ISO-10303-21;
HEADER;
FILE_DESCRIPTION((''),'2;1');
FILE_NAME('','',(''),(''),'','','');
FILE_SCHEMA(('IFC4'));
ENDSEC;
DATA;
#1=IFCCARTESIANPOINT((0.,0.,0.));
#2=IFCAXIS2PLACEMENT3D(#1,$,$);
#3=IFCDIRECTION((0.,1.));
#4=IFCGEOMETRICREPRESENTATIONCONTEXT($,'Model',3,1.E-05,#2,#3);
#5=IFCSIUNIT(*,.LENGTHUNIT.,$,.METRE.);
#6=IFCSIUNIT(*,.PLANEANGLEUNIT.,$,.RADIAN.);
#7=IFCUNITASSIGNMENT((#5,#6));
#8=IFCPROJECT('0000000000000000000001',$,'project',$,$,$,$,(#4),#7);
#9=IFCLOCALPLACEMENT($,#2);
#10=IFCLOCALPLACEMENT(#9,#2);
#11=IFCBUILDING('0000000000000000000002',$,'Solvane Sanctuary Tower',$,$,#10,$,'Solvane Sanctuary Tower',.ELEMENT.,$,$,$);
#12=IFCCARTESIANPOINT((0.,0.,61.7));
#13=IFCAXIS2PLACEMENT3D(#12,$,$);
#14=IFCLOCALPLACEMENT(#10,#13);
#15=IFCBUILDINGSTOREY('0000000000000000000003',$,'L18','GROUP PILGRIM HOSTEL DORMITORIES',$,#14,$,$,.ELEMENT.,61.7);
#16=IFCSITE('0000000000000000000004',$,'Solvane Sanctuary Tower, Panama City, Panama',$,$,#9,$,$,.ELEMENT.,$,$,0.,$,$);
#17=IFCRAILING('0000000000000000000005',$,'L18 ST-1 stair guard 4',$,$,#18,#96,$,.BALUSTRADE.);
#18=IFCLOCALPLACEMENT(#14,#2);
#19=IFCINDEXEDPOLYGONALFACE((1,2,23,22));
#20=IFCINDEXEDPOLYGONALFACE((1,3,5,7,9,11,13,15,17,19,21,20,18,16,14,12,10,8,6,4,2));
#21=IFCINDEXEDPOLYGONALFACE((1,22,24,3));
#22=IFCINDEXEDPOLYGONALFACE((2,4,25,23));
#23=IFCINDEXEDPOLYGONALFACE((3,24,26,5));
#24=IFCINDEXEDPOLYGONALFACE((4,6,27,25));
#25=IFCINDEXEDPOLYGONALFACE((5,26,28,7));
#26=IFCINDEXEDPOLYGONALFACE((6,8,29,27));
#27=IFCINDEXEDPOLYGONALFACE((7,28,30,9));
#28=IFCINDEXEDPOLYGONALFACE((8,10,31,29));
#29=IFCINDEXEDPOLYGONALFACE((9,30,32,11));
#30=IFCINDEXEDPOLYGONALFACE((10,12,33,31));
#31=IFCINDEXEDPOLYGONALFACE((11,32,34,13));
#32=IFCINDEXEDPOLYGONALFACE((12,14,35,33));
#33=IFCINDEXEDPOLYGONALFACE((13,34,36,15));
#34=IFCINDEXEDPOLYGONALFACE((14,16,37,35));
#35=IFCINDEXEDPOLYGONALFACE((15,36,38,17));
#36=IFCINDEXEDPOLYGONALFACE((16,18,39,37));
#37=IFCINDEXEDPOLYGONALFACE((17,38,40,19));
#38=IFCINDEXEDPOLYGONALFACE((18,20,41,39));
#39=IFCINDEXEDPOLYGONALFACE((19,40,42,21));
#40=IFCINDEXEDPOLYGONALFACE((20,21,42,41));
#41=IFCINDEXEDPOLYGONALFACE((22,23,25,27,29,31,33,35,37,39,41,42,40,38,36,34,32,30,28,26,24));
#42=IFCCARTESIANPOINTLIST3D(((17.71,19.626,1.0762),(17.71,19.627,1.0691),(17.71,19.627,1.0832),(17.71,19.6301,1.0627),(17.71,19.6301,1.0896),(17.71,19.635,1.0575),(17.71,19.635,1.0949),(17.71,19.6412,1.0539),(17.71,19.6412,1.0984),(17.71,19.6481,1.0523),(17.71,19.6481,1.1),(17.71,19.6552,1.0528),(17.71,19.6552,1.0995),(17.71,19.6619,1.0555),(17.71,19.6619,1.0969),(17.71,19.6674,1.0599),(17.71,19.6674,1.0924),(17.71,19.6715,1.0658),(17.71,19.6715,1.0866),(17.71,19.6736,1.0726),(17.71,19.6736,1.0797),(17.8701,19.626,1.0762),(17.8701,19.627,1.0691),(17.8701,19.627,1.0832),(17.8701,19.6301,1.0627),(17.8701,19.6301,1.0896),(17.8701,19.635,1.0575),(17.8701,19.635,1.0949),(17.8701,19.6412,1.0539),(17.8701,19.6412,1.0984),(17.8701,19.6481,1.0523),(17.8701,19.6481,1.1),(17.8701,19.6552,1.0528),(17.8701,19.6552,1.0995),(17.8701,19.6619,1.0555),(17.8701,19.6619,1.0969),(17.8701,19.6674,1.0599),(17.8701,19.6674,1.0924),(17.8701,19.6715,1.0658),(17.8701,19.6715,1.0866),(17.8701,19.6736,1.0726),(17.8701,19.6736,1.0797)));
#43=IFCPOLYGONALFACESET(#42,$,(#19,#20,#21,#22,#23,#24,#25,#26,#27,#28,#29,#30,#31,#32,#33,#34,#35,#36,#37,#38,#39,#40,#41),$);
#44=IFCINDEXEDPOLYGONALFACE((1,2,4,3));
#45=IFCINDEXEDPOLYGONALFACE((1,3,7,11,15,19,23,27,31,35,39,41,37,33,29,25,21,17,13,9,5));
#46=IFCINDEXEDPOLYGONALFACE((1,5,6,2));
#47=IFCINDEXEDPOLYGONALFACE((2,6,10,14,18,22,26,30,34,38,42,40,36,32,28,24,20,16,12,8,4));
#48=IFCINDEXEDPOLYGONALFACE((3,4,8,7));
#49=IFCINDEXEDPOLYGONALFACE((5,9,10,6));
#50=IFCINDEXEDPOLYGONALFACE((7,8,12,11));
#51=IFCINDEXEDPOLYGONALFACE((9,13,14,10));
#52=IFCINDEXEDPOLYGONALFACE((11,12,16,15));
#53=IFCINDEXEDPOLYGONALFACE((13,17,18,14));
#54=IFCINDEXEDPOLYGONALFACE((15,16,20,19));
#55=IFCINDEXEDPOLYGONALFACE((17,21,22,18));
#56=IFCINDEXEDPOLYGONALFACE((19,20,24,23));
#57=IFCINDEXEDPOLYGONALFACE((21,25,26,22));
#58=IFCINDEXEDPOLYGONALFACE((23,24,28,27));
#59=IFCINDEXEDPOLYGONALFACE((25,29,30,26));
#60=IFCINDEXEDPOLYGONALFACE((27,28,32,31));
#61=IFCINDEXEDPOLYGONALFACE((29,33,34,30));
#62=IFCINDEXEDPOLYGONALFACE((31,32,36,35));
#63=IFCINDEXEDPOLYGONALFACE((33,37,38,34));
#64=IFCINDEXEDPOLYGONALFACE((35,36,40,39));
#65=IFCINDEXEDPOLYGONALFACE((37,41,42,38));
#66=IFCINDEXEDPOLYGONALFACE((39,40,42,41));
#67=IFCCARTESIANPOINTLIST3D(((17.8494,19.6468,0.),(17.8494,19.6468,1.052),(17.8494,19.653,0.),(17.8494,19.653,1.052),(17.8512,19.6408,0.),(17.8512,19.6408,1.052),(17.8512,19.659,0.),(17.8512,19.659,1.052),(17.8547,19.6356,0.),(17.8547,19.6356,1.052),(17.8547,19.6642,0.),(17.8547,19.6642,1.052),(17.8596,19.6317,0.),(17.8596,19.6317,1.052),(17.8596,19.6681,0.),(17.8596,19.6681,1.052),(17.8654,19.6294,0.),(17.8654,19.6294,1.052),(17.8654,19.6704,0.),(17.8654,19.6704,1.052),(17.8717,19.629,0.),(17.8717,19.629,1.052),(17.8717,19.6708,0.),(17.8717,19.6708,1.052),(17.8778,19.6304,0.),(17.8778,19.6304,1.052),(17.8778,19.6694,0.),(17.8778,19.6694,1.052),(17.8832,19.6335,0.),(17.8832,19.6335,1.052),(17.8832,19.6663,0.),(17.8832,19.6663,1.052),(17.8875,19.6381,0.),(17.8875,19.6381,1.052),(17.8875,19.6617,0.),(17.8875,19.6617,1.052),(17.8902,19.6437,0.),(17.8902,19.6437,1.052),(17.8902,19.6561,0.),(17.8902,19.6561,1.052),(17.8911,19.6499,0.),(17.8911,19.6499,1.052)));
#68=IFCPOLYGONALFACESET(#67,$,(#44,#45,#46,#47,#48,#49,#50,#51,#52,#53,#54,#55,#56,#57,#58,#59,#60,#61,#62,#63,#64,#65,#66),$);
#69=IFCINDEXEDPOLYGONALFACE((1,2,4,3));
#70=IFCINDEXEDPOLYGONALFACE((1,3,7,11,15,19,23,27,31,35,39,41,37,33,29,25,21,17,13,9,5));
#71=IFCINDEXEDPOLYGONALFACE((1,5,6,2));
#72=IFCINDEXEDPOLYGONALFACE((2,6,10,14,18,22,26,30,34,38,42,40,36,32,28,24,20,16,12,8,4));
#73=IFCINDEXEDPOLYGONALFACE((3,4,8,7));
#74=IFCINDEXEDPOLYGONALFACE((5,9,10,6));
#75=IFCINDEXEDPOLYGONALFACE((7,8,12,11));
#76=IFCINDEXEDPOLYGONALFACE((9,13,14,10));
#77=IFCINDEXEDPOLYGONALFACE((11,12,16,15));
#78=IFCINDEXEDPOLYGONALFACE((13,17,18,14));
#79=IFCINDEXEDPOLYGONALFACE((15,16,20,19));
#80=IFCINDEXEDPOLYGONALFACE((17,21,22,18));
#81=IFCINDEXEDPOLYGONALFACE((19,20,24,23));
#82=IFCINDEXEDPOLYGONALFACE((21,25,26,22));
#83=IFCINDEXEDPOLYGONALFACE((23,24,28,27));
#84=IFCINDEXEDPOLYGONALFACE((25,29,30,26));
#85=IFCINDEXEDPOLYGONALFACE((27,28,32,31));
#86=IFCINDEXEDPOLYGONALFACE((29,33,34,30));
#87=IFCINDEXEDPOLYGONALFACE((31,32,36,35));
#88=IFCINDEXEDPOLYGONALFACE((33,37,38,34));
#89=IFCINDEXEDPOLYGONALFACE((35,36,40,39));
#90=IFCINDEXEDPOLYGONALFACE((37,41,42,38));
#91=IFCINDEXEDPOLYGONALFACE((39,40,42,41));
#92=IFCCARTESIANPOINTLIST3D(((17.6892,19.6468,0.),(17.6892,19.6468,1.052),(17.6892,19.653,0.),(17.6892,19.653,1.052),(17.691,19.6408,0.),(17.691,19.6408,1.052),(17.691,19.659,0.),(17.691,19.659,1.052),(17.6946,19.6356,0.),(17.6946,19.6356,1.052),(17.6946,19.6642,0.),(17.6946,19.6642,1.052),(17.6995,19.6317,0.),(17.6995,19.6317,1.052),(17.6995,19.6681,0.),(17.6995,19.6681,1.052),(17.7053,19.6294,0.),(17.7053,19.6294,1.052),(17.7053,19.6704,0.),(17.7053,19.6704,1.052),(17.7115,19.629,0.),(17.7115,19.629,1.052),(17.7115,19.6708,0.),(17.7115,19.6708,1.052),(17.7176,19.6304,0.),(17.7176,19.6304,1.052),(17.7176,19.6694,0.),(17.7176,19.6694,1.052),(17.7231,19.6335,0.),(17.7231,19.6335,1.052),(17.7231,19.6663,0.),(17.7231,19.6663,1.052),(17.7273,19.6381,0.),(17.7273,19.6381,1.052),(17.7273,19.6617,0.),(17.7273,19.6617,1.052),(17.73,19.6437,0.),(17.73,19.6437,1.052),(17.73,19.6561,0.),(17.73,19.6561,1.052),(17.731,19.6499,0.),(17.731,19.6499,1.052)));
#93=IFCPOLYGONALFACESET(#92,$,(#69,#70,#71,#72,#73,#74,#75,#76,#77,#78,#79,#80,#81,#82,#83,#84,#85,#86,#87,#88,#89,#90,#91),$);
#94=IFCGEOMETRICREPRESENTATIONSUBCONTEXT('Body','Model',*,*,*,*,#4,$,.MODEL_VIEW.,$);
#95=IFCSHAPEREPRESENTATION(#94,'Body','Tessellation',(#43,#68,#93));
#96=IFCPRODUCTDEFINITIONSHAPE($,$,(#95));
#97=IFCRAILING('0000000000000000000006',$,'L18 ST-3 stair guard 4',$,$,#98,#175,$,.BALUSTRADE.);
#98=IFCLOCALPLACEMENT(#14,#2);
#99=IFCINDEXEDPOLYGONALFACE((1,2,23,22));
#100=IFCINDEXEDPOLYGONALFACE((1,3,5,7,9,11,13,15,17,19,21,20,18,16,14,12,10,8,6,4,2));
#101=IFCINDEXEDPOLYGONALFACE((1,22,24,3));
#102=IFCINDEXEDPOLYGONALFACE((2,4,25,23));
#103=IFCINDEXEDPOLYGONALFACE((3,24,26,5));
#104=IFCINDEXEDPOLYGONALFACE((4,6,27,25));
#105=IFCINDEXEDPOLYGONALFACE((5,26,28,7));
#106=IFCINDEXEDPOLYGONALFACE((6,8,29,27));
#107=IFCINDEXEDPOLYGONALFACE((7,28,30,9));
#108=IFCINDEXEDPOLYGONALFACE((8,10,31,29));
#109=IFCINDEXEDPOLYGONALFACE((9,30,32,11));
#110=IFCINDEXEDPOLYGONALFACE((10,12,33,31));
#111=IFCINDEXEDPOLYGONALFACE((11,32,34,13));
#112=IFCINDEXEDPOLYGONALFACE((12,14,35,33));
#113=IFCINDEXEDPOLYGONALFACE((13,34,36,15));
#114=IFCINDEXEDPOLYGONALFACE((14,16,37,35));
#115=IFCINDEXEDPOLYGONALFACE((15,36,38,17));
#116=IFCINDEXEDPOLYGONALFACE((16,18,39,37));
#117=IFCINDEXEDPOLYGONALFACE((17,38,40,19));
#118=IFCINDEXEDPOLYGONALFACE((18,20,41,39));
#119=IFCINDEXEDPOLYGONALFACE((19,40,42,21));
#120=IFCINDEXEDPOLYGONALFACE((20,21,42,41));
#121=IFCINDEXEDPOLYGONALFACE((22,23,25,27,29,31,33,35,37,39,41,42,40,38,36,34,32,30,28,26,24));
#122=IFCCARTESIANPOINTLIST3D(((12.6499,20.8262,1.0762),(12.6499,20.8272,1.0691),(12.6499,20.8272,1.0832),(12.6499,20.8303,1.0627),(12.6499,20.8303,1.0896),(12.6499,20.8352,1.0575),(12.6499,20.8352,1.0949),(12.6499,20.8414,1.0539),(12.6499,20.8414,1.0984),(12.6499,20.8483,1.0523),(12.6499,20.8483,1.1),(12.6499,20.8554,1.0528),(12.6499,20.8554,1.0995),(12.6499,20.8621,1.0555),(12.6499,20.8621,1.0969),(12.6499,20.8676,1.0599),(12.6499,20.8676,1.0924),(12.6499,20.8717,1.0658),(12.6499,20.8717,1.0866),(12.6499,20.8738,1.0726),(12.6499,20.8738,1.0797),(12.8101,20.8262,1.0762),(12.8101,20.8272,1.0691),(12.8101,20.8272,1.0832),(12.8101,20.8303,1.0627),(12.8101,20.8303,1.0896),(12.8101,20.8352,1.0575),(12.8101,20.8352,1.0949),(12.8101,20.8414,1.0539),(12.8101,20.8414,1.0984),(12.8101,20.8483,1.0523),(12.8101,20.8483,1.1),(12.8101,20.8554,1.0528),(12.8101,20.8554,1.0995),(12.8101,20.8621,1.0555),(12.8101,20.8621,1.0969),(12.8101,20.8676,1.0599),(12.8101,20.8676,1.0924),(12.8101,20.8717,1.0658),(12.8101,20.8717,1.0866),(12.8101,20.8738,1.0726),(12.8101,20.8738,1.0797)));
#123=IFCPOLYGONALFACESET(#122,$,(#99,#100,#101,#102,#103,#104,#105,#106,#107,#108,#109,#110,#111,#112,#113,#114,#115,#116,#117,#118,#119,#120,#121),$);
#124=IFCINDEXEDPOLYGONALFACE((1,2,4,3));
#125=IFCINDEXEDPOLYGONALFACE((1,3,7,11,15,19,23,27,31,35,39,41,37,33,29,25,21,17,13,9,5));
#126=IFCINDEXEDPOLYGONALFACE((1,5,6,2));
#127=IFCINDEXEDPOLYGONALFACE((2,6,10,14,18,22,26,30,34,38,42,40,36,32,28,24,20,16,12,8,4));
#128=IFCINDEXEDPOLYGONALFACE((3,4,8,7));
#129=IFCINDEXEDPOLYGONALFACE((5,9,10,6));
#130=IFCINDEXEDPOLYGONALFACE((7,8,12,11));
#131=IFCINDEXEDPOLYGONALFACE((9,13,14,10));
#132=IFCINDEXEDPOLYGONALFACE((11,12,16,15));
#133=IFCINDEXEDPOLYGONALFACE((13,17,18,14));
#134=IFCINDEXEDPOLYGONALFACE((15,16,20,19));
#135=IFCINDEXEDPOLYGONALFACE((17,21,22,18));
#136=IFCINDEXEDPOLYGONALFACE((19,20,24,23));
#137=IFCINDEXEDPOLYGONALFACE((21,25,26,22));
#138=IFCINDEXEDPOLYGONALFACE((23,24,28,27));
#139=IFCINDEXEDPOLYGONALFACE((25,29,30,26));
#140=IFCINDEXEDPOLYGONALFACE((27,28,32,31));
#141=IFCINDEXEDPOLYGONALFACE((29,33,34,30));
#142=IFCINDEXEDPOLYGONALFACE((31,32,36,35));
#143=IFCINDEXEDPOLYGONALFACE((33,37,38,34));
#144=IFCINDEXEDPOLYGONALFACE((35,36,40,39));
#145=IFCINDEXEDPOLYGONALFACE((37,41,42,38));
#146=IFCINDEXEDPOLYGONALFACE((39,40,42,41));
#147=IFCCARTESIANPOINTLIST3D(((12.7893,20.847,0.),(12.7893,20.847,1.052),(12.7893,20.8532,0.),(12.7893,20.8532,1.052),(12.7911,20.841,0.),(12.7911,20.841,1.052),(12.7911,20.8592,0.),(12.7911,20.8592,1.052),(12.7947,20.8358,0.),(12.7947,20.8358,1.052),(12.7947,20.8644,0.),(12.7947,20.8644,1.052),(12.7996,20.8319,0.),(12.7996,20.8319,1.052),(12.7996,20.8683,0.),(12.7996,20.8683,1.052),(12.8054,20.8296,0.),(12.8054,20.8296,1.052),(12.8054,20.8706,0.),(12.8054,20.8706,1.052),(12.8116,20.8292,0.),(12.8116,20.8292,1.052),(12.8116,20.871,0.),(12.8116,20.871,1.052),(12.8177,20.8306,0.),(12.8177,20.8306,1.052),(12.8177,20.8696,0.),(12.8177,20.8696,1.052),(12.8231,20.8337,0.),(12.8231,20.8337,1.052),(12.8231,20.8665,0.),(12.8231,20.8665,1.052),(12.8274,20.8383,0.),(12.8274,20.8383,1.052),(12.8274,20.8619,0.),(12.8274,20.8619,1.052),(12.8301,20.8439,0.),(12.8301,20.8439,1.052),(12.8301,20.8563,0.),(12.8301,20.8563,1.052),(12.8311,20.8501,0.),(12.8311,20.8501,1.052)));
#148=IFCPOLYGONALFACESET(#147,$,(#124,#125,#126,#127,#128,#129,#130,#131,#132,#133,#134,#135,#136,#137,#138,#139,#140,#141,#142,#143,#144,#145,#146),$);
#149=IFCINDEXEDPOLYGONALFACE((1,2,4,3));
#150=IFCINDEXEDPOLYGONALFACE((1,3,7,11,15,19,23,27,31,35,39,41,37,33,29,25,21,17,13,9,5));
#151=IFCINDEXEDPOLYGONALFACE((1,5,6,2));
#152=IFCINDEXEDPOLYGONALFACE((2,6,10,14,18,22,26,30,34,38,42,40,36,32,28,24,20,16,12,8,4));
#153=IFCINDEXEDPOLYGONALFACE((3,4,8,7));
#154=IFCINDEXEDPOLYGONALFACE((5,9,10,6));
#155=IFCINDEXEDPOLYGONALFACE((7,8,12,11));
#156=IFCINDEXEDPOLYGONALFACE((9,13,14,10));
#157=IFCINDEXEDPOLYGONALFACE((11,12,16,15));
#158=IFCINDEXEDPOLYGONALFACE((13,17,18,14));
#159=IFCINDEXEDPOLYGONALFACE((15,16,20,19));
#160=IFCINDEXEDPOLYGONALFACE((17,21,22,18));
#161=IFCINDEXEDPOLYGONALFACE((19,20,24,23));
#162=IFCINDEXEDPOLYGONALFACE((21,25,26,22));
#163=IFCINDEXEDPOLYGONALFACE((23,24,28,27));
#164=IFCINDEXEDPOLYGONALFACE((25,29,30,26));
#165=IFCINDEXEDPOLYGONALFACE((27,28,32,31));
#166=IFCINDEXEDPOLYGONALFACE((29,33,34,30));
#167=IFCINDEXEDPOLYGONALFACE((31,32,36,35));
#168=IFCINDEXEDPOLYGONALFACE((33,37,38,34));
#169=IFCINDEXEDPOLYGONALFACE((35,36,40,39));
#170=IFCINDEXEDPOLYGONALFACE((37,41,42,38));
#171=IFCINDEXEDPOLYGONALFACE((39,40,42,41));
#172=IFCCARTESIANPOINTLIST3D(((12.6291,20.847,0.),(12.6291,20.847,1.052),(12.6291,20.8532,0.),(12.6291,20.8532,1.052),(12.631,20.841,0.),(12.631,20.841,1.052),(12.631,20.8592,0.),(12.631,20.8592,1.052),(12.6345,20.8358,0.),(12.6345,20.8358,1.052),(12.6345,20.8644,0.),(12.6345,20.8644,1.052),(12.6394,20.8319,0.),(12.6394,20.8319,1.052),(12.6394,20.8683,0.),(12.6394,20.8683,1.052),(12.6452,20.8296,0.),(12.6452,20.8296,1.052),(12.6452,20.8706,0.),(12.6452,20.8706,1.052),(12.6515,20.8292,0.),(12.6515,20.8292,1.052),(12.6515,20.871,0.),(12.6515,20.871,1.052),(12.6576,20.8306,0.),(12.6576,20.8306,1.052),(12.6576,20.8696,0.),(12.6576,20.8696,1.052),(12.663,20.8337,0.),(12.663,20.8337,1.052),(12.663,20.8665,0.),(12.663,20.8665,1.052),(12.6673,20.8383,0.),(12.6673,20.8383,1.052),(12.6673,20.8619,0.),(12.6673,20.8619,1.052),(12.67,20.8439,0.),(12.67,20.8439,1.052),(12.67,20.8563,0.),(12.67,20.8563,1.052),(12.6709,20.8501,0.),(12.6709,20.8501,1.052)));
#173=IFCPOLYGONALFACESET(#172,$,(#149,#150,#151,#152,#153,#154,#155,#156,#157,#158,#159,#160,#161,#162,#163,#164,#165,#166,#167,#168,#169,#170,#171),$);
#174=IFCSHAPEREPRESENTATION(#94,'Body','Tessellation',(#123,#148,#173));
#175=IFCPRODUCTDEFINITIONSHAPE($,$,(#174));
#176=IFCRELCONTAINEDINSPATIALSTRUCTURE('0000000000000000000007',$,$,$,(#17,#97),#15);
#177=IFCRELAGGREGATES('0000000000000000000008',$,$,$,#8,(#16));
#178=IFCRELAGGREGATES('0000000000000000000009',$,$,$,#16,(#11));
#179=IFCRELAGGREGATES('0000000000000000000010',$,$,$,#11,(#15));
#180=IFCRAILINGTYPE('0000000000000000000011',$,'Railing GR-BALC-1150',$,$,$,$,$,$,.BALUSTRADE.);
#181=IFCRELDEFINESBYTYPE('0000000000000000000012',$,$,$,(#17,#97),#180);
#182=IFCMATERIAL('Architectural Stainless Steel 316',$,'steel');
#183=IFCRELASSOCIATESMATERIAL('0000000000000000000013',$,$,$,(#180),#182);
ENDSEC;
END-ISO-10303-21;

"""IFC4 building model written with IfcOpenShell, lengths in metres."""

from ifc_helpers import new_model, si_unit, direction, frame, origin, origin_2d, place, context, subcontext, project, spatial, circle, extrude, material, type_object, element, save


model = new_model("IFC4")

# Units and contexts
model_context = context("Model", 3, precision=1e-05, world=origin(), true_north=direction((0.0, 1.0)))
body_context = subcontext(model_context, "Body", "Model", "MODEL_VIEW")
ifc_project = project(units=[si_unit("LENGTHUNIT", "METRE"), si_unit("PLANEANGLEUNIT", "RADIAN")], contexts=[model_context])

# Site, building, storey
site_placement = place(None, origin())
site = spatial("IfcSite", under=ifc_project, at=site_placement, Name="Solvane Sanctuary Tower, Panama City, Panama", CompositionType="ELEMENT", RefElevation=0.0)
building_placement = place(site_placement, origin())
building = spatial("IfcBuilding", under=site, at=building_placement, Name="Solvane Sanctuary Tower", LongName="Solvane Sanctuary Tower", CompositionType="ELEMENT")
storey_placement = place(building_placement, frame((0.0, 0.0, 61.7)))
storey = spatial("IfcBuildingStorey", under=building, at=storey_placement, Name="L18", Description="GROUP PILGRIM HOSTEL DORMITORIES", CompositionType="ELEMENT", Elevation=61.7)

# Shared definitions
ifc_material_1 = material(Name="Architectural Stainless Steel 316", Category="steel")

# Railings
railing_type_1 = type_object("IfcRailingType", Name="Railing GR-BALC-1150", PredefinedType="BALUSTRADE", material=ifc_material_1)
for number, where, name in (
    (1, (17.8701, 19.6499, 0.0), "L18 ST-1 stair guard 4"),
    (2, (12.8101, 20.8501, 0.0), "L18 ST-3 stair guard 4"),
):
    element("IfcRailing", number, at=place(storey_placement, frame(where)), inside=storey, type_object=railing_type_1, Name=name, PredefinedType="BALUSTRADE", context=body_context, shape_type="SweptSolid", body=[
        extrude(circle(Radius=0.0239, at=origin_2d()), frame((0.0, 0.0, 1.0762), z_axis=(-1.0, 0.0, 0.0), x_axis=(0.0, -1.0, 0.0)), (0.0, 0.0, 1.0), 0.1602),
        extrude(circle(Radius=0.021, at=origin_2d()), origin(), (0.0, 0.0, 1.0), 1.052),
        extrude(circle(Radius=0.021, at=origin_2d()), frame((-0.1602, 0.0, 0.0)), (0.0, 0.0, 1.0), 1.052),
    ])

save(model, "model.ifc")
